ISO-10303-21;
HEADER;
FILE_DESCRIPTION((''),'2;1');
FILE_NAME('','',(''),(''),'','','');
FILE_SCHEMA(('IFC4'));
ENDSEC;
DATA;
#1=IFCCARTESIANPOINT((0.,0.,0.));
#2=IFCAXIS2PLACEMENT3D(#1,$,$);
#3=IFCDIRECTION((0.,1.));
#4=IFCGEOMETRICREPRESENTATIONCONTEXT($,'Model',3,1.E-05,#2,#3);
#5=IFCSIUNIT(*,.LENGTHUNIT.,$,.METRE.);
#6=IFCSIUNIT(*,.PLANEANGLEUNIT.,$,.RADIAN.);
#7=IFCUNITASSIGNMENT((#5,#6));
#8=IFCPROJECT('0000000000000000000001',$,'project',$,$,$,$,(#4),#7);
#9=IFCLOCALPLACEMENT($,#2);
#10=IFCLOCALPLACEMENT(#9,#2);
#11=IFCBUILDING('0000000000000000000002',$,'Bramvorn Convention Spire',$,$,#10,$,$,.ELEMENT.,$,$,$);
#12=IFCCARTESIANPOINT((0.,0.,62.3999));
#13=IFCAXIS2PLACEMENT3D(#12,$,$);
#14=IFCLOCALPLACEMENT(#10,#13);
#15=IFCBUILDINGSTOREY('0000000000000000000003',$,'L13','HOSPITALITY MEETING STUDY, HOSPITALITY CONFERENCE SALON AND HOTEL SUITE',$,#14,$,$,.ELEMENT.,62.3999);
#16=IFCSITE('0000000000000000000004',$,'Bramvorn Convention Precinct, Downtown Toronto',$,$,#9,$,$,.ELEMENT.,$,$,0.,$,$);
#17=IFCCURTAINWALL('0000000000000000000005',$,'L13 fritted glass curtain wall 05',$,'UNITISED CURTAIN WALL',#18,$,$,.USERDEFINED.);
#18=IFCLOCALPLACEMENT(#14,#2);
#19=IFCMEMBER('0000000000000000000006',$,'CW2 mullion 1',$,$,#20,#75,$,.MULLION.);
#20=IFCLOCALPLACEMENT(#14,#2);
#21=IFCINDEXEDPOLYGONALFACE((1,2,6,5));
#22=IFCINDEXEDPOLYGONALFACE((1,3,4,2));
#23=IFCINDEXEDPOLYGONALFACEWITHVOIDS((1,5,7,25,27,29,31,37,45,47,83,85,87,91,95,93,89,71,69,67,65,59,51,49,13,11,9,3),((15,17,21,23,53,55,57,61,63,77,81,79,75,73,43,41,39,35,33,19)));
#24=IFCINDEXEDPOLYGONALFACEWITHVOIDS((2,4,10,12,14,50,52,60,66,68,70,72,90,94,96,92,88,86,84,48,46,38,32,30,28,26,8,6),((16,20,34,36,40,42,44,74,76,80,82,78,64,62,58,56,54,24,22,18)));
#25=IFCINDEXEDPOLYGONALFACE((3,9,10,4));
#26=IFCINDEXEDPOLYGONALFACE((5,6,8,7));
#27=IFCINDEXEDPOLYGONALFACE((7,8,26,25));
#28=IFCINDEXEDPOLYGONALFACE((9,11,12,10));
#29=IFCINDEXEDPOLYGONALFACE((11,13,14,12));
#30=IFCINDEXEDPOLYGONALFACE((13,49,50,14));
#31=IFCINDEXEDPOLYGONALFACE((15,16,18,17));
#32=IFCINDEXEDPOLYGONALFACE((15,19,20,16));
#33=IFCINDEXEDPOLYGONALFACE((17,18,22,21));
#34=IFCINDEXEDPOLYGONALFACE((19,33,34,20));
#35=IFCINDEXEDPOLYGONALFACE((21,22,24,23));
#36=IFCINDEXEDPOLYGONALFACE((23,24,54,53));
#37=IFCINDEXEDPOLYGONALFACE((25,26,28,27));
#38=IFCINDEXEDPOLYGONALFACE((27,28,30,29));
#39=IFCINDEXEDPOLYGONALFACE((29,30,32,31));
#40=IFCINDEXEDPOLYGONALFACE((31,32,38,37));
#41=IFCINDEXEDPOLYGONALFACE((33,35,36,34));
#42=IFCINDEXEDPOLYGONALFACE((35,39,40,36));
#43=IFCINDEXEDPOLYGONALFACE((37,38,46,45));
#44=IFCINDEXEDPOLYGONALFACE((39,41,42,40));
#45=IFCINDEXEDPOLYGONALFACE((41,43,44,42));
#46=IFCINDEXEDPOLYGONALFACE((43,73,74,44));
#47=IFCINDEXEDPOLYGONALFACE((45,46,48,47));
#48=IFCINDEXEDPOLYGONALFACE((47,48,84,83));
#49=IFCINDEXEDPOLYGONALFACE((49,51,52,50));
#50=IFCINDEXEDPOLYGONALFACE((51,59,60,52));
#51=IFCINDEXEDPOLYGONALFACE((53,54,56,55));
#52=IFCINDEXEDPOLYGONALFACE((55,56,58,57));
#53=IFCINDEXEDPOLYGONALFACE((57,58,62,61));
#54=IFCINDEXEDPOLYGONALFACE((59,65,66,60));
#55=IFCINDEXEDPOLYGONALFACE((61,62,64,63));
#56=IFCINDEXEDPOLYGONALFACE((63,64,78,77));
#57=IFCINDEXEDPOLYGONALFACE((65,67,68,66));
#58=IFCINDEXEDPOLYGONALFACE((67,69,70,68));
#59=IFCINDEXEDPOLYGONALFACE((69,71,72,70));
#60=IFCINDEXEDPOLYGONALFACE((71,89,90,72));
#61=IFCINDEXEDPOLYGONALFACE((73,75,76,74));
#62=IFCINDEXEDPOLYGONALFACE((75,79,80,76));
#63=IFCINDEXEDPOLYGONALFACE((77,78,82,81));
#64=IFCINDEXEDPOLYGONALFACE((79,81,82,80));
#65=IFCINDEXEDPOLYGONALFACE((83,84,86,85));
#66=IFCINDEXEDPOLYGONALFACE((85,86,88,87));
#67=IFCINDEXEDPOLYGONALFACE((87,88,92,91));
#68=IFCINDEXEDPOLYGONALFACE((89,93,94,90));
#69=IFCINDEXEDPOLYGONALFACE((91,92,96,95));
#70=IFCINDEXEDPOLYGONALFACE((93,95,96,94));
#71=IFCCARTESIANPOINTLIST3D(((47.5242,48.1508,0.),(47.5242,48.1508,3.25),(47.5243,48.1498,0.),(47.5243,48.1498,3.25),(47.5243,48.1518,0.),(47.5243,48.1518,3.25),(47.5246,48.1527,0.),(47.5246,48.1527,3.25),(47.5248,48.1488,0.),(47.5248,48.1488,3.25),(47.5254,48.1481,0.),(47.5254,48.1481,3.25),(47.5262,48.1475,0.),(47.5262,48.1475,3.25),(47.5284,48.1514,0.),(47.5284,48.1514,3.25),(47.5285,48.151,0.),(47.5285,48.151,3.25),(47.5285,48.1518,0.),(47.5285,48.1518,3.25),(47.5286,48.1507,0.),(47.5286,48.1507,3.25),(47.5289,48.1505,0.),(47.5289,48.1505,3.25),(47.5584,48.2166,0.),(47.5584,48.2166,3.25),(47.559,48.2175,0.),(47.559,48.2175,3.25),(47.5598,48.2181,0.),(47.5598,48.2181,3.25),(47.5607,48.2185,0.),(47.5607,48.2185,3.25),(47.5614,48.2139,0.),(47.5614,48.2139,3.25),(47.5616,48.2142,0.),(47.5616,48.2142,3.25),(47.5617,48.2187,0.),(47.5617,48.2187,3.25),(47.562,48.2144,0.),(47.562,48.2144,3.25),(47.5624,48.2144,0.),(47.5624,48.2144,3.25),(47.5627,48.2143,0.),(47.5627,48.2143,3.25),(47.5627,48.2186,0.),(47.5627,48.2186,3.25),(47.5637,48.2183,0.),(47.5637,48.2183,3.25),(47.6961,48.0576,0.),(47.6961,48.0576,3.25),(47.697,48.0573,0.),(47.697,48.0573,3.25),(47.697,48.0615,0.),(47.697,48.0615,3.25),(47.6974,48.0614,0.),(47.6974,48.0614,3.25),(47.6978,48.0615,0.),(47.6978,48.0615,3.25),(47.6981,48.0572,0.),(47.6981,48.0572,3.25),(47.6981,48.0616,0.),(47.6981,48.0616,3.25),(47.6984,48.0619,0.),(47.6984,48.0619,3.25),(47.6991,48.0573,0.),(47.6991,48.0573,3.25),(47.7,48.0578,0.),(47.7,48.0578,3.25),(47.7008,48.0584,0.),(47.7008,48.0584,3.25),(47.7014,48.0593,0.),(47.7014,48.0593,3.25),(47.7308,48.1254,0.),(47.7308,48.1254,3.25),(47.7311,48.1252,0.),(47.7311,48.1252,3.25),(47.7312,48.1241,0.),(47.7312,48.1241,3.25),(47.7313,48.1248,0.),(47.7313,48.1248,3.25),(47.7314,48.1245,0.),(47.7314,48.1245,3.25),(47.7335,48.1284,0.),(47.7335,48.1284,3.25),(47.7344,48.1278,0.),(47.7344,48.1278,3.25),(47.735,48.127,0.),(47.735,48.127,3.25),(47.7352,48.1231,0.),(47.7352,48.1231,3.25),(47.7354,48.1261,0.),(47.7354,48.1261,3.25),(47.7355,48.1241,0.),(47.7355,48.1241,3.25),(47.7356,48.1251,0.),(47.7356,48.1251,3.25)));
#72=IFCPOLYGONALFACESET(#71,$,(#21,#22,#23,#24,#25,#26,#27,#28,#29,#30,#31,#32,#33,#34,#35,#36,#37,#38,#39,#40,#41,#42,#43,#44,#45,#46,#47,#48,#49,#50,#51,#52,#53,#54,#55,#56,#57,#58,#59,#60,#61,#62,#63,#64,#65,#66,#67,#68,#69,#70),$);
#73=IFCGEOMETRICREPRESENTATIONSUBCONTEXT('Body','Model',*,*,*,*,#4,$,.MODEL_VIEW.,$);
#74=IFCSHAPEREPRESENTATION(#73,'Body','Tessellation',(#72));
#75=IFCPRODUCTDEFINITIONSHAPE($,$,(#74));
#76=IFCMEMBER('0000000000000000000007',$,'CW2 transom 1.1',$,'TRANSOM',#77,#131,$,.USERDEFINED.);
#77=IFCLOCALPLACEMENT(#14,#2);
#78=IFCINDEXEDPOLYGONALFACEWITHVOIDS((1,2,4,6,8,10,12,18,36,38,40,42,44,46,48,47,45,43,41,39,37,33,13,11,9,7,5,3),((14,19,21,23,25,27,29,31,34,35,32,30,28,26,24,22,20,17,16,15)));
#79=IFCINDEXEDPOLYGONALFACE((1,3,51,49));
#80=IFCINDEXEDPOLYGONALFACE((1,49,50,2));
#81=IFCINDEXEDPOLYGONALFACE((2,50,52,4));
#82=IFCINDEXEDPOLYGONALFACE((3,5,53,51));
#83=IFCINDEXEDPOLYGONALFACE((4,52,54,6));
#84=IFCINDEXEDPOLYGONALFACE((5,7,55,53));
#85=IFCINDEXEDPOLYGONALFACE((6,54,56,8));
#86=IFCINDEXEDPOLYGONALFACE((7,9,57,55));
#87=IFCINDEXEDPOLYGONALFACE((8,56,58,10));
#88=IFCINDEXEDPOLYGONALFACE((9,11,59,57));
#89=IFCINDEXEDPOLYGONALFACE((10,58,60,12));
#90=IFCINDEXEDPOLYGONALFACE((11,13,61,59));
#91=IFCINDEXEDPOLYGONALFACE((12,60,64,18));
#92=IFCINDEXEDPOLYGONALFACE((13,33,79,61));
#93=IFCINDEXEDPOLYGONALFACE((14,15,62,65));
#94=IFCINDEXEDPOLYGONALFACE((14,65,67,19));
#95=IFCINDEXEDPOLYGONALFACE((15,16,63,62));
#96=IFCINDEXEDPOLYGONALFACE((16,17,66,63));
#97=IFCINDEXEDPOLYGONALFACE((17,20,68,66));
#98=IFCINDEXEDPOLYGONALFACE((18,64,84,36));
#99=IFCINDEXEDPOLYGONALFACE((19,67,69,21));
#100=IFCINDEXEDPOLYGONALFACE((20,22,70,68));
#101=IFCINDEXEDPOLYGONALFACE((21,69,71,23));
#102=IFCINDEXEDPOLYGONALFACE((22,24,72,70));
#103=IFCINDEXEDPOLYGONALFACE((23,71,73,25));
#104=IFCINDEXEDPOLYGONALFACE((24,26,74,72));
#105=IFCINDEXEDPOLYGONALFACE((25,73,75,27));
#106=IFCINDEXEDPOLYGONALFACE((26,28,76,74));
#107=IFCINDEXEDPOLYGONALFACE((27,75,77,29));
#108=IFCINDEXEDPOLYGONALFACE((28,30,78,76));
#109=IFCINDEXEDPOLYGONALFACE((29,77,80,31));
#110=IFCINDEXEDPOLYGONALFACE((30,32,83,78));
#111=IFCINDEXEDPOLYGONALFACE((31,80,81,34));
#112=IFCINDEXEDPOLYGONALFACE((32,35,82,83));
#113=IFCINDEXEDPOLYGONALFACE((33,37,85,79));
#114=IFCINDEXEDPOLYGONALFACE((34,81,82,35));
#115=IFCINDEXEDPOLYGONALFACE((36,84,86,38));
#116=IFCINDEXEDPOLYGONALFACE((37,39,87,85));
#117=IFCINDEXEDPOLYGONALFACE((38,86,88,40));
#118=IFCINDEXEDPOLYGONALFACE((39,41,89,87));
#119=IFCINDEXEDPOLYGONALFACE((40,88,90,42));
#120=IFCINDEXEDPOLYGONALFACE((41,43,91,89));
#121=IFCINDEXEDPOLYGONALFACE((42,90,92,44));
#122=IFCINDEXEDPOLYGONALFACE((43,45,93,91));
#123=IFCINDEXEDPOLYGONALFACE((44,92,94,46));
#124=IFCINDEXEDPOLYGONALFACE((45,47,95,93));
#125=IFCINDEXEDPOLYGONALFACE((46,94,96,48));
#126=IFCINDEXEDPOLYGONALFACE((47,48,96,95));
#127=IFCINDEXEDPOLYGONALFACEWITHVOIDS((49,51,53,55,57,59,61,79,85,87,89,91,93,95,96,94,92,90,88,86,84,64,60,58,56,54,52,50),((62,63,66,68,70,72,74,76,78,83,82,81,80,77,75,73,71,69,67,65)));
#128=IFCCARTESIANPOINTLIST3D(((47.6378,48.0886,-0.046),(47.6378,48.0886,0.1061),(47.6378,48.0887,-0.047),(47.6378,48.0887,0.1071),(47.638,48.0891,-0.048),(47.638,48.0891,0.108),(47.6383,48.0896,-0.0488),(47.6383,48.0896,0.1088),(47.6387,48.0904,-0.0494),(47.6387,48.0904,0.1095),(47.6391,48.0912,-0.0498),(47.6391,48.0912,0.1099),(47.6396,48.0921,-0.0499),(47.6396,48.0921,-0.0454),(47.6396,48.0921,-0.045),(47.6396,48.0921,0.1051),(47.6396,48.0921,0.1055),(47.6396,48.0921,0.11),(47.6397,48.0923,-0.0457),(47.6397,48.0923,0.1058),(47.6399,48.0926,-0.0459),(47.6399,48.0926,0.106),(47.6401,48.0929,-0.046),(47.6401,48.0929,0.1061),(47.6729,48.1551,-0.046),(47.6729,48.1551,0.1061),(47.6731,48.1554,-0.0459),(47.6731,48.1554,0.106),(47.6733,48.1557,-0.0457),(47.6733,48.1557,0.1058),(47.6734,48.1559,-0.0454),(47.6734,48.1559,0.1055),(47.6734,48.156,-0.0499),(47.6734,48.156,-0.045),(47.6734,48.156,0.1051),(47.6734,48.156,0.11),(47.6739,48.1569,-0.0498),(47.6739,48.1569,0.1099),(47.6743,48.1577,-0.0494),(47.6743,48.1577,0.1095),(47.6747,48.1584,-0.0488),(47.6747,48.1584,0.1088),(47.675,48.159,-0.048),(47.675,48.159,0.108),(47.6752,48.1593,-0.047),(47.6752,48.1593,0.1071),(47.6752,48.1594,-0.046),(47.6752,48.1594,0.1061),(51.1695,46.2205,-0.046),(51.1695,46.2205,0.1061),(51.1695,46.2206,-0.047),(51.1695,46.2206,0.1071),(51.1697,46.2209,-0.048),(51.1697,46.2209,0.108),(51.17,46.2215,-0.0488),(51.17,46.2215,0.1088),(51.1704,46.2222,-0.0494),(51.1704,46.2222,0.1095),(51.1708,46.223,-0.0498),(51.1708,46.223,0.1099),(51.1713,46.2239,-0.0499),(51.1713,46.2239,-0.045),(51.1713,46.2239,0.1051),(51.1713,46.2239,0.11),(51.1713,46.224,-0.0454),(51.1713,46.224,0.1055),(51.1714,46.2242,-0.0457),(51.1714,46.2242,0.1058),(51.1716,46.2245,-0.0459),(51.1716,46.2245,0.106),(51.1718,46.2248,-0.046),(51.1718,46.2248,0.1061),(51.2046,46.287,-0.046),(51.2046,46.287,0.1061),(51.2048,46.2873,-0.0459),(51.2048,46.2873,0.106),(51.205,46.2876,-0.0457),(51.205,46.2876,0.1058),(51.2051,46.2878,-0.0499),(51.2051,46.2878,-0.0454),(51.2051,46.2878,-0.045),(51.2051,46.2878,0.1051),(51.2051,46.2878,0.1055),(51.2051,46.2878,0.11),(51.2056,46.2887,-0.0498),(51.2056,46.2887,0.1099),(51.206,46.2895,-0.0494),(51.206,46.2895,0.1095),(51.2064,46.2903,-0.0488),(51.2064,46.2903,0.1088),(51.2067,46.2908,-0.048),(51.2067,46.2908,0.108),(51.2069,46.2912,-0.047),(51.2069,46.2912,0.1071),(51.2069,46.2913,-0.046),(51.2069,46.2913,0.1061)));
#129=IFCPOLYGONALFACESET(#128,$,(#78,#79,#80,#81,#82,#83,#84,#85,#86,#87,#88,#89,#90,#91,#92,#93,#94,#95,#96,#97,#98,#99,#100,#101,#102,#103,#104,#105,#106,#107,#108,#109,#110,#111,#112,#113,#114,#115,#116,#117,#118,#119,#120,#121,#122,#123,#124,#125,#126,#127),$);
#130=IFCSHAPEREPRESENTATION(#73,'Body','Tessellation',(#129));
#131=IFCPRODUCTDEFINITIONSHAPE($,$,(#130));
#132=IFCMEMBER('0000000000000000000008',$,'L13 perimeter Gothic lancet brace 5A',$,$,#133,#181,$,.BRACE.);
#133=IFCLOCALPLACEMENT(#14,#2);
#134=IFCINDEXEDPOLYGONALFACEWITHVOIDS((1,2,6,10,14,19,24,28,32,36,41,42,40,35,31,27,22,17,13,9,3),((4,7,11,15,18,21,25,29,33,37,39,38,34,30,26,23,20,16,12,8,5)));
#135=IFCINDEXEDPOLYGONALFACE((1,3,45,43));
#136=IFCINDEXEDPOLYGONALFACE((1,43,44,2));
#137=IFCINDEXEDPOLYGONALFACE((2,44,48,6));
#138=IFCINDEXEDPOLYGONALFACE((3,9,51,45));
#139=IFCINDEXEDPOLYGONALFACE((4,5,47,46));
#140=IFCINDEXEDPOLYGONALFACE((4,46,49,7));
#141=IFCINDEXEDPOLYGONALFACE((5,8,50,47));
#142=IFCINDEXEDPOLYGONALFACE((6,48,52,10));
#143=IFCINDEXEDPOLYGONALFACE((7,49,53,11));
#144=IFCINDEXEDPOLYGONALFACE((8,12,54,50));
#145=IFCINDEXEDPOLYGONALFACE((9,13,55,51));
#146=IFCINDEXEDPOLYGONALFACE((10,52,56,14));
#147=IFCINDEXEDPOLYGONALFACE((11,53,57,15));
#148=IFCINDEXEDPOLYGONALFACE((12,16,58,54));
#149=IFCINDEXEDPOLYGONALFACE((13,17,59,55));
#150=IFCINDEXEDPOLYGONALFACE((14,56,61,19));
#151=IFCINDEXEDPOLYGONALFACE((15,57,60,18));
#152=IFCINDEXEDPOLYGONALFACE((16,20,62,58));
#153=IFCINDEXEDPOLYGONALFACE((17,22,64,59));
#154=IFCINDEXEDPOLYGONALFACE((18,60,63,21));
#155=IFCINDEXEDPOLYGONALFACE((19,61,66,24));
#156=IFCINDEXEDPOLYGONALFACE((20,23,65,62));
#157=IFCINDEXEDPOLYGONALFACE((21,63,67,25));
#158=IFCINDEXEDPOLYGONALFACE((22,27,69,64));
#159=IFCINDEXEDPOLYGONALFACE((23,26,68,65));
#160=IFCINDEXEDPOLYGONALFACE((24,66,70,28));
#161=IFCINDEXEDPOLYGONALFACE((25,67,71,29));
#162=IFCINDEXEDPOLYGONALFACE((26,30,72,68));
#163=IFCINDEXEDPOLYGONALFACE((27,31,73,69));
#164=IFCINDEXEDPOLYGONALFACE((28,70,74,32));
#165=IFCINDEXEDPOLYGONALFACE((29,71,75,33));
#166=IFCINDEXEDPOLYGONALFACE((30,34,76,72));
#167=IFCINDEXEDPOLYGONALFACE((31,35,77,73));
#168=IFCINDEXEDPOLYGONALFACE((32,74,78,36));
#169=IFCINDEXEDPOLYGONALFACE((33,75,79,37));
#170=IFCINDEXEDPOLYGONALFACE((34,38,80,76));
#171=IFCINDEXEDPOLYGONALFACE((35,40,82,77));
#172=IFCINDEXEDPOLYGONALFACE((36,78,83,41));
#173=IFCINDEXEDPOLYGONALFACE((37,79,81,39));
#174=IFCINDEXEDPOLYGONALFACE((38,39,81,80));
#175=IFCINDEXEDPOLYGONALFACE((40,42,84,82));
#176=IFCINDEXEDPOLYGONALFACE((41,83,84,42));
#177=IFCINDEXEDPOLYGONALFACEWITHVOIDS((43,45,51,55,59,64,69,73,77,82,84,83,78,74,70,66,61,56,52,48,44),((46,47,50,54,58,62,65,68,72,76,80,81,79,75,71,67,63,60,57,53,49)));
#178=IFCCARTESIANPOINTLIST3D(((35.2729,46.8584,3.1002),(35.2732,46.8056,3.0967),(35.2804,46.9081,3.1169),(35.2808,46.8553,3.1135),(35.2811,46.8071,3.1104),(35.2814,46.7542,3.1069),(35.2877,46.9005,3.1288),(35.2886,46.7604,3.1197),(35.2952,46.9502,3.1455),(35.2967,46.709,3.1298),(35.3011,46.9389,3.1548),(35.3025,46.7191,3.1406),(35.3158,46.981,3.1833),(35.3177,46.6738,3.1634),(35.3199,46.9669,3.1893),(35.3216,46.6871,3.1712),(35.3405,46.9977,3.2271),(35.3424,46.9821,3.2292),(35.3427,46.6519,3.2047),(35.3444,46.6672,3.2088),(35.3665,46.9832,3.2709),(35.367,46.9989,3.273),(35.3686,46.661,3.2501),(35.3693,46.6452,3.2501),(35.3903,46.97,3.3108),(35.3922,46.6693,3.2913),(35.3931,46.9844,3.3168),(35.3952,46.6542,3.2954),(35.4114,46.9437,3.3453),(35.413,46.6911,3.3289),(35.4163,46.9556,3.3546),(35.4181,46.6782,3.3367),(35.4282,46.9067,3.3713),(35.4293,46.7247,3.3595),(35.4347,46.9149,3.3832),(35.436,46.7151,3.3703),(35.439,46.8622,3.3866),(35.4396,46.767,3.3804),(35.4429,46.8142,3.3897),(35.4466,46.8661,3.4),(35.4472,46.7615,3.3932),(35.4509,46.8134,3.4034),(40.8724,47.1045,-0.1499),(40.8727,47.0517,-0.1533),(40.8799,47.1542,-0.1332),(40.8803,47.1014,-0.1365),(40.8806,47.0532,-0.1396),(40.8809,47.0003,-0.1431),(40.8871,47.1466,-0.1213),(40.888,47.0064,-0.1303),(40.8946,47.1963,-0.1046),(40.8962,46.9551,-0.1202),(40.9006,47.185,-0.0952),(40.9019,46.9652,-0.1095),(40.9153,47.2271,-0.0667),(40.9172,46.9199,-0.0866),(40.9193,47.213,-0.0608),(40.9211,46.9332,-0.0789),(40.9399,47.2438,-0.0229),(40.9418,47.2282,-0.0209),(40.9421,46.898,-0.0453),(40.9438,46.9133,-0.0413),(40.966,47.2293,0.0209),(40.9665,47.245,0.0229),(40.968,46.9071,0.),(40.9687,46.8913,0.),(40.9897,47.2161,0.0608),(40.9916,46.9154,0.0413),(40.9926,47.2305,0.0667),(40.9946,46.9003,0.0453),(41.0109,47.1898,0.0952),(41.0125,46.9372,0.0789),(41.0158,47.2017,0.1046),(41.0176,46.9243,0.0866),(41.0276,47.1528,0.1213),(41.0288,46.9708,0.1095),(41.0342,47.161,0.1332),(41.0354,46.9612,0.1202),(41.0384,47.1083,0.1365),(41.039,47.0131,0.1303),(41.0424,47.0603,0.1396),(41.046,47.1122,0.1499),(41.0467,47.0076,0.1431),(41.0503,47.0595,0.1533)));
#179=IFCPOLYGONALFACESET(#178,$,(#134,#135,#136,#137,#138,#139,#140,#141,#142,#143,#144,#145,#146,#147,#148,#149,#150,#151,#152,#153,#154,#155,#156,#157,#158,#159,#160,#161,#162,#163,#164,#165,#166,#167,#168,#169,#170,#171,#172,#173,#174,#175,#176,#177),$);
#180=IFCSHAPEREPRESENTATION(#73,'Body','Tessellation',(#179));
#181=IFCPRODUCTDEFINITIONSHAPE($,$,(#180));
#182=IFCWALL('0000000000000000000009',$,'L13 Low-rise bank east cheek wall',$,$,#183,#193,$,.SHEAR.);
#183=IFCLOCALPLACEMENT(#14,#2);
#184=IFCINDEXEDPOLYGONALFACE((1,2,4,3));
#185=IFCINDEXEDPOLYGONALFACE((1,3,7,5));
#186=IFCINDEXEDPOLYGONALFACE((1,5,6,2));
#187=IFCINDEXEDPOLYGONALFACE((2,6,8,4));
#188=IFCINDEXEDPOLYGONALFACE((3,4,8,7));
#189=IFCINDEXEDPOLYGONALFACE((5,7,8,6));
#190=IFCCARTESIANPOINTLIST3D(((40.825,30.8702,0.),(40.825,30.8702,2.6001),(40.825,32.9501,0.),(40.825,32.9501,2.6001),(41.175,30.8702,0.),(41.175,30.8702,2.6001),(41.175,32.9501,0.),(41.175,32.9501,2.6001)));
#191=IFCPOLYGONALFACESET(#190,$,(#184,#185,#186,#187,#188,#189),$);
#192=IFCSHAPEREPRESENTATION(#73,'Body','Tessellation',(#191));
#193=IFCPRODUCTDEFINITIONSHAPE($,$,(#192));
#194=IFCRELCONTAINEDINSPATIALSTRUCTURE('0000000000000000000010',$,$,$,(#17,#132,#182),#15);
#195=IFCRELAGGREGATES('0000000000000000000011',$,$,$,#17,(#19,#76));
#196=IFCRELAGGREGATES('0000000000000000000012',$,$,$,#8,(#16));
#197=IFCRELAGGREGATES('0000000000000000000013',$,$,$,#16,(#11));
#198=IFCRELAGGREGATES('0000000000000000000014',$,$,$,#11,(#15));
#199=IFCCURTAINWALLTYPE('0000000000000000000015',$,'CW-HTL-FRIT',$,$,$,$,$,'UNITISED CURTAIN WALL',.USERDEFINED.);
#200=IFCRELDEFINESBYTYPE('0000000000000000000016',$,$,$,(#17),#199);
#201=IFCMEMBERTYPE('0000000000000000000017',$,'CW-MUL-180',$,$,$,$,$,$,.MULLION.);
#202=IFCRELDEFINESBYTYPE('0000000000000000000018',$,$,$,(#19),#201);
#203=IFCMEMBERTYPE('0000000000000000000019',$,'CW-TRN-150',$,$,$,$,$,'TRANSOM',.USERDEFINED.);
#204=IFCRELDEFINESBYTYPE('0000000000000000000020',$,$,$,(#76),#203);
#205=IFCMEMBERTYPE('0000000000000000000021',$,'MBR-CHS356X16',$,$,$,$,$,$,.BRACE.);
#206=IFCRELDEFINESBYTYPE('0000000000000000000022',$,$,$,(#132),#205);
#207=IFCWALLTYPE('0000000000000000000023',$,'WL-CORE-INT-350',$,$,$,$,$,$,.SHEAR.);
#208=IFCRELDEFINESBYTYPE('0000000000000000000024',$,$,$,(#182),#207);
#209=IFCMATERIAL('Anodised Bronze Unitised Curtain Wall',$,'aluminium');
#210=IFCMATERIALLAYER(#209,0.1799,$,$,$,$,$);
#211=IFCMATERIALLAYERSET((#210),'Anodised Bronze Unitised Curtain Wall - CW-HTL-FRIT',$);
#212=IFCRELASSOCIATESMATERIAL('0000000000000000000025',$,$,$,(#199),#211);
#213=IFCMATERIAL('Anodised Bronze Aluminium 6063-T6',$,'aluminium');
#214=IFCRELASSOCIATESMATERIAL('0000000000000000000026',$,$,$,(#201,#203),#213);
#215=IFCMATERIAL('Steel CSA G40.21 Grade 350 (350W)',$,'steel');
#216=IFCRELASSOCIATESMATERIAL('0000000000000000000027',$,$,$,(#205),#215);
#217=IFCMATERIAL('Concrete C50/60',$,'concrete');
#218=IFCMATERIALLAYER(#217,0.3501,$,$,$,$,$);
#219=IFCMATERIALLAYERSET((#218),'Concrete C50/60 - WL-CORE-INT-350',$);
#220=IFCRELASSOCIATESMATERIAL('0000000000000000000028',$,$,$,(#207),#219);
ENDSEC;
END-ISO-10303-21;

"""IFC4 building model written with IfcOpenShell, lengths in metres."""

from ifc_helpers import new_model, si_unit, direction, frame, frame_2d, origin, origin_2d, place, context, subcontext, project, spatial, rectangle, hollow_rectangle, hollow_circle, extrude, material, layer, layer_set, material_profile, profile_set, type_object, element, aggregate, save


model = new_model("IFC4")

# Units and contexts
model_context = context("Model", 3, precision=1e-05, world=origin(), true_north=direction((0.0, 1.0)))
body_context = subcontext(model_context, "Body", "Model", "MODEL_VIEW")
ifc_project = project(units=[si_unit("LENGTHUNIT", "METRE"), si_unit("PLANEANGLEUNIT", "RADIAN")], contexts=[model_context])

# Site, building, storey
site_placement = place(None, origin())
site = spatial("IfcSite", under=ifc_project, at=site_placement, Name="Bramvorn Convention Precinct, Downtown Toronto", CompositionType="ELEMENT", RefElevation=0.0)
building_placement = place(site_placement, origin())
building = spatial("IfcBuilding", under=site, at=building_placement, Name="Bramvorn Convention Spire", CompositionType="ELEMENT")
storey_placement = place(building_placement, frame((0.0, 0.0, 62.3999)))
storey = spatial("IfcBuildingStorey", under=building, at=storey_placement, Name="L13", Description="HOSPITALITY MEETING STUDY, HOSPITALITY CONFERENCE SALON AND HOTEL SUITE", CompositionType="ELEMENT", Elevation=62.3999)

# Shared definitions
ifc_material_1 = material(Name="Steel CSA G40.21 Grade 350 (350W)", Category="steel")

# Curtain wall, members
ifc_material_2 = material(Name="Anodised Bronze Unitised Curtain Wall", Category="aluminium")
ifc_layer_1 = layer(ifc_material_2, 0.1799)
ifc_layer_set_1 = layer_set([ifc_layer_1], Name="Anodised Bronze Unitised Curtain Wall - CW-HTL-FRIT")
curtain_wall_type = type_object("IfcCurtainWallType", Name="CW-HTL-FRIT", ElementType="UNITISED CURTAIN WALL", PredefinedType="USERDEFINED", material=ifc_layer_set_1)
curtain_wall_placement = place(storey_placement, origin())
curtain_wall = element("IfcCurtainWall", 1, at=curtain_wall_placement, inside=storey, type_object=curtain_wall_type, Name="L13 fritted glass curtain wall 05", ObjectType="UNITISED CURTAIN WALL", PredefinedType="USERDEFINED")
ifc_material_3 = material(Name="Anodised Bronze Aluminium 6063-T6", Category="aluminium")
ifc_material_profile_1 = material_profile(ifc_material_3, hollow_rectangle(XDim=0.0801, YDim=0.2, WallThickness=0.0039, InnerFilletRadius=0.001, OuterFilletRadius=0.0039, at=origin_2d()))
ifc_profile_set_1 = profile_set([ifc_material_profile_1], Name="Anodised Bronze Aluminium 6063-T6 - CWM80X200")
member_type_1 = type_object("IfcMemberType", Name="CW-MUL-180", PredefinedType="MULLION", material=ifc_profile_set_1)
member_1_placement = place(storey_placement, frame((47.6299, 48.1379, 0.0), z_axis=(0.0, 0.0, 1.0), x_axis=(0.467555, 0.883964, 0.0)))
member_1 = element("IfcMember", 2, at=member_1_placement, type_object=member_type_1, Name="CW2 mullion 1", PredefinedType="MULLION", context=body_context, shape_type="SweptSolid", body=[
    extrude(hollow_rectangle(XDim=0.0801, YDim=0.2, WallThickness=0.0039, InnerFilletRadius=0.001, OuterFilletRadius=0.0039, at=origin_2d()), origin(), (0.0, 0.0, 1.0), 3.25),
])
ifc_material_profile_2 = material_profile(ifc_material_3, hollow_rectangle(XDim=0.0801, YDim=0.1599, WallThickness=0.0039, InnerFilletRadius=0.001, OuterFilletRadius=0.0039, at=origin_2d()))
ifc_profile_set_2 = profile_set([ifc_material_profile_2], Name="Anodised Bronze Aluminium 6063-T6 - CWT80X160")
member_type_2 = type_object("IfcMemberType", Name="CW-TRN-150", ElementType="TRANSOM", PredefinedType="USERDEFINED", material=ifc_profile_set_2)
member_2_placement = place(storey_placement, frame((47.6565, 48.124, 0.03), z_axis=(0.883951, -0.467579, 0.0), x_axis=(0.467579, 0.883951, 0.0)))
member_2 = element("IfcMember", 3, at=member_2_placement, type_object=member_type_2, Name="CW2 transom 1.1", ObjectType="TRANSOM", PredefinedType="USERDEFINED", context=body_context, shape_type="SweptSolid", body=[
    extrude(hollow_rectangle(XDim=0.0801, YDim=0.1599, WallThickness=0.0039, InnerFilletRadius=0.001, OuterFilletRadius=0.0039, at=origin_2d()), origin(), (0.0, 0.0, 1.0), 3.9954),
])
aggregate(curtain_wall, [member_1, member_2])

# Member
ifc_material_profile_3 = material_profile(ifc_material_1, hollow_circle(Radius=0.1777, WallThickness=0.0159, at=origin_2d()))
ifc_profile_set_3 = profile_set([ifc_material_profile_3], Name="Steel CSA G40.21 Grade 350 (350W) - CHS356X16")
member_type_3 = type_object("IfcMemberType", Name="MBR-CHS356X16", PredefinedType="BRACE", material=ifc_profile_set_3)
member_3_placement = place(storey_placement, frame((40.9609, 47.0688, 0.0), z_axis=(-0.864248, -0.037984, 0.50163), x_axis=(0.043908, -0.999036, 0.0)))
element("IfcMember", 4, at=member_3_placement, inside=storey, type_object=member_type_3, Name="L13 perimeter Gothic lancet brace 5A", PredefinedType="BRACE", context=body_context, shape_type="SweptSolid", body=[
    extrude(hollow_circle(Radius=0.1777, WallThickness=0.0159, at=origin_2d()), origin(), (0.0, 0.0, 1.0), 6.479),
])

# Shared definitions
ifc_material_4 = material(Name="Concrete C50/60", Category="concrete")
ifc_layer_2 = layer(ifc_material_4, 0.3501)
ifc_layer_set_2 = layer_set([ifc_layer_2], Name="Concrete C50/60 - WL-CORE-INT-350")
wall_type_1 = type_object("IfcWallType", Name="WL-CORE-INT-350", PredefinedType="SHEAR", material=ifc_layer_set_2)

# Wall
wall_1_placement = place(storey_placement, frame((41.0, 30.8701, 0.0), z_axis=(0.0, 0.0, 1.0), x_axis=(0.0, 1.0, 0.0)))
element("IfcWall", 5, at=wall_1_placement, inside=storey, type_object=wall_type_1, Name="L13 Low-rise bank east cheek wall", PredefinedType="SHEAR", context=body_context, shape_type="SweptSolid", body=[
    extrude(rectangle(XDim=2.0798, YDim=0.3501, at=frame_2d((1.04, 0.0))), origin(), (0.0, 0.0, 1.0), 2.6001),
])

save(model, "model.ifc")
